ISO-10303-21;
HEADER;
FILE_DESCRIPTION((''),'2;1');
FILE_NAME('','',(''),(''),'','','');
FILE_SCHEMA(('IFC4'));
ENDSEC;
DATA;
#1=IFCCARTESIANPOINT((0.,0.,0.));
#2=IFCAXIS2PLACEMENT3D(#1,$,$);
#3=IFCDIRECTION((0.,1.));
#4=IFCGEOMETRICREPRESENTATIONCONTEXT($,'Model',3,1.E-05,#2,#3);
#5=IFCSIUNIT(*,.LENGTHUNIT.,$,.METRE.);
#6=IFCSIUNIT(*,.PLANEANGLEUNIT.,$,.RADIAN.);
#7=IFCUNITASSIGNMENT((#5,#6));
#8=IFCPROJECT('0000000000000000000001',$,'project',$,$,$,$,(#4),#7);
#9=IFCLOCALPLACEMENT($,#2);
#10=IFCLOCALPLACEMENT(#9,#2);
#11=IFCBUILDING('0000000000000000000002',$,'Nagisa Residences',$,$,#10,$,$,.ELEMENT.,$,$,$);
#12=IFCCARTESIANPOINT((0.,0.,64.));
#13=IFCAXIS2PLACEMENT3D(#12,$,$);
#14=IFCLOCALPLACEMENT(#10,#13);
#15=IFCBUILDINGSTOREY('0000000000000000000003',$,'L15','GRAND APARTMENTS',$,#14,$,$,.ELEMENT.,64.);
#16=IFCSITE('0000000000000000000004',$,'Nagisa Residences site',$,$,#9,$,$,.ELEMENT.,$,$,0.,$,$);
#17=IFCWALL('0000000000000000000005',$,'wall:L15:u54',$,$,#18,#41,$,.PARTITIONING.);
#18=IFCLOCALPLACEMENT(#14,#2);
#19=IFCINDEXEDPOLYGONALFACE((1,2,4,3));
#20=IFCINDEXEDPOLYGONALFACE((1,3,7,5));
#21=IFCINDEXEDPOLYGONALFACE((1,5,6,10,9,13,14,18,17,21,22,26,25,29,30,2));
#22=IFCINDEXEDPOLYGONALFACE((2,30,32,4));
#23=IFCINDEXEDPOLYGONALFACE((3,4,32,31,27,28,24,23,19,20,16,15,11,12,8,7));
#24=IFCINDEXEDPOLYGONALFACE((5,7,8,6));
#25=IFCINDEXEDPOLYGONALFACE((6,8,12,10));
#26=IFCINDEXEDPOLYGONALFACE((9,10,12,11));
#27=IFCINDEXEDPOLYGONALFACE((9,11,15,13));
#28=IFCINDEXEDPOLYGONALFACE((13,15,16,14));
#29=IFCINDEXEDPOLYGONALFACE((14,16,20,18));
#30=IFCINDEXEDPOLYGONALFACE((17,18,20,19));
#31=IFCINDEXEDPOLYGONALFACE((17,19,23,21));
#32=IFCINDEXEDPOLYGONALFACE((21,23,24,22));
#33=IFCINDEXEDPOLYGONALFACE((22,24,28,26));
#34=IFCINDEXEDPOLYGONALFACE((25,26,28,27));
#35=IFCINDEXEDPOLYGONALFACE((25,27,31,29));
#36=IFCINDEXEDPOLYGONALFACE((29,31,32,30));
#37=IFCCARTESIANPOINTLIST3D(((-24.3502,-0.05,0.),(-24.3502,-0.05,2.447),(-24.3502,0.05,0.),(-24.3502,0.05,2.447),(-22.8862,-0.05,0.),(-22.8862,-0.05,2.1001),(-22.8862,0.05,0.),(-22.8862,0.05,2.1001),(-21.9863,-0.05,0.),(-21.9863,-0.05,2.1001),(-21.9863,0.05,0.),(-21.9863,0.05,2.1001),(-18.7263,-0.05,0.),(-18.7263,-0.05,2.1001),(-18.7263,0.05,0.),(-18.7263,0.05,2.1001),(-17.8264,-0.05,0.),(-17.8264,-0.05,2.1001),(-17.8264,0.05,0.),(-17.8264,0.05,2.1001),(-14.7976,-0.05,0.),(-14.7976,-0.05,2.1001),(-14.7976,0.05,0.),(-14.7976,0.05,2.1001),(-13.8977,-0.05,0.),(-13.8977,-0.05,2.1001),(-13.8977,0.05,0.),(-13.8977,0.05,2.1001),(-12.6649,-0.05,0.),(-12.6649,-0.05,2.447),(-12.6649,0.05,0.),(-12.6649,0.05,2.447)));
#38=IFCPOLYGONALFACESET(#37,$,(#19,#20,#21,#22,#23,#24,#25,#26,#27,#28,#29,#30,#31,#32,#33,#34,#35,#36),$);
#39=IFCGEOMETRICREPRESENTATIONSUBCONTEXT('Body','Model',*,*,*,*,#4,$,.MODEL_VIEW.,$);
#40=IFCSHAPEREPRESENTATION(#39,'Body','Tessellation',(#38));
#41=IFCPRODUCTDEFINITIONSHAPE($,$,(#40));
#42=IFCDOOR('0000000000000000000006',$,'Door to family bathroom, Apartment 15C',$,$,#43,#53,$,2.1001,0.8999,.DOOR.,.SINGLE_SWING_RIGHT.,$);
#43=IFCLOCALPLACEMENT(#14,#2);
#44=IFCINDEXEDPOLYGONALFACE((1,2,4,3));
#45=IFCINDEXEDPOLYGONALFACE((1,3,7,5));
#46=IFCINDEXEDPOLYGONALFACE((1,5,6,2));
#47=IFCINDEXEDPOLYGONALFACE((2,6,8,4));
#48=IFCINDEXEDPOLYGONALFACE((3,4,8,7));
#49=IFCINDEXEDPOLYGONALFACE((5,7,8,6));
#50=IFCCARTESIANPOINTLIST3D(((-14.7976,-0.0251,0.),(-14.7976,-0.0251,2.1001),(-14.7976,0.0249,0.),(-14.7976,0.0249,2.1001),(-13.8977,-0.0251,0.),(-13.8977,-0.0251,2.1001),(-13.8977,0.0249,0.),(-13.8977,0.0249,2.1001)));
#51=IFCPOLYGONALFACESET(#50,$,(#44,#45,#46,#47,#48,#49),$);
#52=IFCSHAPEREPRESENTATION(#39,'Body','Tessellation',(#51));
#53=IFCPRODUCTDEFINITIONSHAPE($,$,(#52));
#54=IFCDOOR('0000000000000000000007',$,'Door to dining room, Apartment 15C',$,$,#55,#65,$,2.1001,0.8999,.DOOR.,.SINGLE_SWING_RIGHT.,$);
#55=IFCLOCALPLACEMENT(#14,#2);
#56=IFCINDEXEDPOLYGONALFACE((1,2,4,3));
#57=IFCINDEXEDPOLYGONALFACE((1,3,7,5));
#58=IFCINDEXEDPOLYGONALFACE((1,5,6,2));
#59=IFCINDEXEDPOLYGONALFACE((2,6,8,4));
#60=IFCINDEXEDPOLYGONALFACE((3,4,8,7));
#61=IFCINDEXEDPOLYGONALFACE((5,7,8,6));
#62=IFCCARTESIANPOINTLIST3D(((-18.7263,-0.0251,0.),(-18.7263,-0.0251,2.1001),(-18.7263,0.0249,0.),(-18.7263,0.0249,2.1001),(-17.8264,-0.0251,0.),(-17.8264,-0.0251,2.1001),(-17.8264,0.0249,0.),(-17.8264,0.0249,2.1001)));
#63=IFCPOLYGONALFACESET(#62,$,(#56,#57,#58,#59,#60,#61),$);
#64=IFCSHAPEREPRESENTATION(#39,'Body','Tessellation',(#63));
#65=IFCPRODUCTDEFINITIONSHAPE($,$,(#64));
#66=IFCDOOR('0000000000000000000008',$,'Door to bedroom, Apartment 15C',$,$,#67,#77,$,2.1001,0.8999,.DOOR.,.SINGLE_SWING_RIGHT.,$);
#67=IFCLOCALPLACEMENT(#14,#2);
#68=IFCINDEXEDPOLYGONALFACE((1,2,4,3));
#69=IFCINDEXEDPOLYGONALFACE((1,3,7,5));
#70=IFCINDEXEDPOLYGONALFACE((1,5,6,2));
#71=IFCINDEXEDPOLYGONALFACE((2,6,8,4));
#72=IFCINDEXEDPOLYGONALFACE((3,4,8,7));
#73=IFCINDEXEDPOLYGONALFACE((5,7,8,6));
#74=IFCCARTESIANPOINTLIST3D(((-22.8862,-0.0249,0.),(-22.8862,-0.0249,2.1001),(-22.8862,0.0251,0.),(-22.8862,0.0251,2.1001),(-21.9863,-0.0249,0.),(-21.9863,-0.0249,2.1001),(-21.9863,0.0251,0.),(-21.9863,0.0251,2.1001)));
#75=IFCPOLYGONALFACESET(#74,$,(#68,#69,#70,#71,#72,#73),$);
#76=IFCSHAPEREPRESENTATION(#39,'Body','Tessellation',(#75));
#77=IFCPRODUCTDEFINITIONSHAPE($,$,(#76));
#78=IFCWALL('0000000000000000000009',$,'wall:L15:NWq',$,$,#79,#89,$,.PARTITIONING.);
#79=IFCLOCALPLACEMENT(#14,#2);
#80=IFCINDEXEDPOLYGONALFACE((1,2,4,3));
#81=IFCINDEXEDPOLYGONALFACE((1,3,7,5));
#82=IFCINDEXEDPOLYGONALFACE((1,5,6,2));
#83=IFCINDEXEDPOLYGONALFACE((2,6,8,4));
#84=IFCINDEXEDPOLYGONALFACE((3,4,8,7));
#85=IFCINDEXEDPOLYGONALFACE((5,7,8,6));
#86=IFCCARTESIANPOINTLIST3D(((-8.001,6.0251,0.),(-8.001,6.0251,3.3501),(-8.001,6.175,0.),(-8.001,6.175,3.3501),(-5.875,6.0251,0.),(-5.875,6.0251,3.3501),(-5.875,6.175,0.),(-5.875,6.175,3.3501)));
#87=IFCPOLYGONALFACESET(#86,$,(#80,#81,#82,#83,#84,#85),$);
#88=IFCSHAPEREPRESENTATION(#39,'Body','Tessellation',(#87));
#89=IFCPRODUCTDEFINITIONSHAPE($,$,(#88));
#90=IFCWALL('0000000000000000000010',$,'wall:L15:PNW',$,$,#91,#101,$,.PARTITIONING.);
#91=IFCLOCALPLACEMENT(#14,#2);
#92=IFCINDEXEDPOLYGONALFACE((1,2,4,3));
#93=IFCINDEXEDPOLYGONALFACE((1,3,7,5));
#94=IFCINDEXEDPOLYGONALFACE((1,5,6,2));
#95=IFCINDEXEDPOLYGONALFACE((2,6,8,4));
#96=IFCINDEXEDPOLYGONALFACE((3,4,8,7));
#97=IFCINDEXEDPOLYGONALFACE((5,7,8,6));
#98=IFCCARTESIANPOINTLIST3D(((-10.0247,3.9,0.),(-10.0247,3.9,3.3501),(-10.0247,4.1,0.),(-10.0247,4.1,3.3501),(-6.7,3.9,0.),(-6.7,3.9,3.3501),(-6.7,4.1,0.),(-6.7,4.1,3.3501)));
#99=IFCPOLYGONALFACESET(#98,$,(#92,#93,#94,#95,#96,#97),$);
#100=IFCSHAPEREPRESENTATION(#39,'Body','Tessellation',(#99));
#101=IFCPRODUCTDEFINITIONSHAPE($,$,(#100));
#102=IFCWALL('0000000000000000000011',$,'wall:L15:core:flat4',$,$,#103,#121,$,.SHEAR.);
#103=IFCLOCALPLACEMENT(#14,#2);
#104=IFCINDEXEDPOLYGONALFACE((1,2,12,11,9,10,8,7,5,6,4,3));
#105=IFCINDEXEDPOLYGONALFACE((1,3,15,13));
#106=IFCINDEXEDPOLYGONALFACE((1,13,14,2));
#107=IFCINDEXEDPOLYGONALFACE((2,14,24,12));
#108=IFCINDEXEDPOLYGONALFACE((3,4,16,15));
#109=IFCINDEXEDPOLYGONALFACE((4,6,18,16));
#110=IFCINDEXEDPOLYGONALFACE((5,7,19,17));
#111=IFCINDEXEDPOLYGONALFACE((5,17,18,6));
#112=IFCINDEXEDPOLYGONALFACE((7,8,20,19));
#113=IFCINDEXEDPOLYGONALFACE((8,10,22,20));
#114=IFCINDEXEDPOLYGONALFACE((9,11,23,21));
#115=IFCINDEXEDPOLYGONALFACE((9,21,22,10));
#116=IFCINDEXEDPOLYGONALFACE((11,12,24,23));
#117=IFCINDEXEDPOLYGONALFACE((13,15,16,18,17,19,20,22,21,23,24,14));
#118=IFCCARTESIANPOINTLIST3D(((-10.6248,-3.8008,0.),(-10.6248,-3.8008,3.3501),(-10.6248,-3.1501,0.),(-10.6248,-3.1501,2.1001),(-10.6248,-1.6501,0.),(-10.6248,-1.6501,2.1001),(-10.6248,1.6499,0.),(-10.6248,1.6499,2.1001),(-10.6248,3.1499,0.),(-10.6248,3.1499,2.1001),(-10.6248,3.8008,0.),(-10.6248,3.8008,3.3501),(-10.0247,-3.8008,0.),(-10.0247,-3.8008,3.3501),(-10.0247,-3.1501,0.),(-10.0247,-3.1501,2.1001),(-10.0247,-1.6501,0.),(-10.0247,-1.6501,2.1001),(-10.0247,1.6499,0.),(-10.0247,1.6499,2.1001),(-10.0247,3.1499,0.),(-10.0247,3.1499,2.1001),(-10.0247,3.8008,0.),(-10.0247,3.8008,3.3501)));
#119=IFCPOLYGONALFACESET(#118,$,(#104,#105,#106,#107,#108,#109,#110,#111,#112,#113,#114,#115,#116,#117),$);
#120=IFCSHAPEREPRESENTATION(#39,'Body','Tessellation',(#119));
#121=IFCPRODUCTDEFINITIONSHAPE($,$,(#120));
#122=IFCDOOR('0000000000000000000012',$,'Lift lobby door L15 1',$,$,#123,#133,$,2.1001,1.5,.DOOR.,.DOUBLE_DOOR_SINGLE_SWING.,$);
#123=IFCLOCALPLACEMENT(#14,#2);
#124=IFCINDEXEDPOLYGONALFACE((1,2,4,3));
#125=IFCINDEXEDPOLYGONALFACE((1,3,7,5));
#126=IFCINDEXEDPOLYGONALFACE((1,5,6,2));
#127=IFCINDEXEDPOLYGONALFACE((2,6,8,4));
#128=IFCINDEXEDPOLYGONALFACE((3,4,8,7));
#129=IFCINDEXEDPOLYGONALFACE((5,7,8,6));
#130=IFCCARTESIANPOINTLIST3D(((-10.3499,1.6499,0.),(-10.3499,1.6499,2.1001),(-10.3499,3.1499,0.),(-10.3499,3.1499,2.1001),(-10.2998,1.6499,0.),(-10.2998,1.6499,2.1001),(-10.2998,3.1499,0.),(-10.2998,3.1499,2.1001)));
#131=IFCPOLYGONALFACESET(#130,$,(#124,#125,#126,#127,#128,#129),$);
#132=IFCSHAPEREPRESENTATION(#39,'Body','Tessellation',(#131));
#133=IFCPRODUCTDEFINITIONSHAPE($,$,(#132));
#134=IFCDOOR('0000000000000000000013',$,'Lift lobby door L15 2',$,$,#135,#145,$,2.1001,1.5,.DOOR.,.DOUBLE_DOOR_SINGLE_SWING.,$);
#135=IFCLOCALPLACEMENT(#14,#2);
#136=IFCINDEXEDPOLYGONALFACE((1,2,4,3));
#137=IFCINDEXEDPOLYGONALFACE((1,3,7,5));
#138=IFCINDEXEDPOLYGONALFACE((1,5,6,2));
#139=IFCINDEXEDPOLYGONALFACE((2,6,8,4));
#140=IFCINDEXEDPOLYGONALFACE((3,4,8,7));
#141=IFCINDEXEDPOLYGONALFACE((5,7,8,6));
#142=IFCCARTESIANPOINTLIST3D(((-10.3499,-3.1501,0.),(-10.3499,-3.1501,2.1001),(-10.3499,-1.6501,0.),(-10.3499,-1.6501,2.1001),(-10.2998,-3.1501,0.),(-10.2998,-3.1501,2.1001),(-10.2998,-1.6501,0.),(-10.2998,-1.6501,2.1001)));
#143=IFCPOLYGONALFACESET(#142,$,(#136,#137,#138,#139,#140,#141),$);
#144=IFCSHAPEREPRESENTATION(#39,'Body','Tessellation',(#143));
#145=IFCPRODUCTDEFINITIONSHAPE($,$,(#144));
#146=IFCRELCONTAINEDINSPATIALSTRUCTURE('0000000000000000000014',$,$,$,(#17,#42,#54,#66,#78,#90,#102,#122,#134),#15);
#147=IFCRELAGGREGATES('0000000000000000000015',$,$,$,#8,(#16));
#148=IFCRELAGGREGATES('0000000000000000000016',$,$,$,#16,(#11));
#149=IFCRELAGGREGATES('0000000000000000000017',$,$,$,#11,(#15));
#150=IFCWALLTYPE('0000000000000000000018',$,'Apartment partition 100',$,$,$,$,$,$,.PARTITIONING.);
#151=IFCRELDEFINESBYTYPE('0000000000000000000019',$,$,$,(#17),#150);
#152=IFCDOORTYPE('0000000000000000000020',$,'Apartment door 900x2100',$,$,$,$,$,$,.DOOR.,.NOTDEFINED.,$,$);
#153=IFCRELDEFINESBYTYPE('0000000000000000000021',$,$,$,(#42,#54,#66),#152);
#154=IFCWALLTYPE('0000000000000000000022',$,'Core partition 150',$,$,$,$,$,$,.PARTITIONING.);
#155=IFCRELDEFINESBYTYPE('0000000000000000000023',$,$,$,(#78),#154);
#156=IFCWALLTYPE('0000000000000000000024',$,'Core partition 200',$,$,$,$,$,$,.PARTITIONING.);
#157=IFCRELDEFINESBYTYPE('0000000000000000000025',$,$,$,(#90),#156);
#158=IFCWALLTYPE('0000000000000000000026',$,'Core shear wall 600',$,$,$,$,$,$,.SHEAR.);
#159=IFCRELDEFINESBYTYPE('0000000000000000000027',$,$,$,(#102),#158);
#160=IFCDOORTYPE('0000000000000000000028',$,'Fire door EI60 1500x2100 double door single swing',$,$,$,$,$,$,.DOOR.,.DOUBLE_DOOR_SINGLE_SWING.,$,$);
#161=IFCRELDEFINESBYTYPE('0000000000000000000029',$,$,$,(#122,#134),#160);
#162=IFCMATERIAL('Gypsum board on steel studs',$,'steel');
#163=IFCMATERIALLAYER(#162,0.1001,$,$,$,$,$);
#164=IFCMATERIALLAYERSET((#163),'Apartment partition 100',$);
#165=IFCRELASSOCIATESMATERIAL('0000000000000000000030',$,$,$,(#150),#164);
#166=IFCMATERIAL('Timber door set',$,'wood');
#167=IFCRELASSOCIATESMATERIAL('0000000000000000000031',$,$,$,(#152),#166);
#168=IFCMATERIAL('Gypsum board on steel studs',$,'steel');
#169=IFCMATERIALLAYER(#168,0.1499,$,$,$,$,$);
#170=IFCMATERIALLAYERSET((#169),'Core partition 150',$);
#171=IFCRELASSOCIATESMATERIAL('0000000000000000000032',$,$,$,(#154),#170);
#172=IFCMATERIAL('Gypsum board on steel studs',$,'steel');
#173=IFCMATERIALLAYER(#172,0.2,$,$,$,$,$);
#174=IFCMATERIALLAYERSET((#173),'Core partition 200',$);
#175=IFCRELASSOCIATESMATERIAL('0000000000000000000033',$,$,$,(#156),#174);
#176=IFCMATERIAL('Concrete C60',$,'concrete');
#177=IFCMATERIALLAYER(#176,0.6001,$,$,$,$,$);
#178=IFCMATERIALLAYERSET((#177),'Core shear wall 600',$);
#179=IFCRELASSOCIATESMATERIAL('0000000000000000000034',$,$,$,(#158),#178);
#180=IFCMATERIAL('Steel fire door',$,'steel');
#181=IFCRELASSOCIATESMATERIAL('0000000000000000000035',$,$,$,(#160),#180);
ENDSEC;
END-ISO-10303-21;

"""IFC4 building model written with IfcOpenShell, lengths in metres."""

from ifc_helpers import new_model, si_unit, direction, frame, frame_2d, origin, place, context, subcontext, project, spatial, rectangle, extrude, material, layer, layer_set, type_object, element, fill, save


model = new_model("IFC4")

# Units and contexts
model_context = context("Model", 3, precision=1e-05, world=origin(), true_north=direction((0.0, 1.0)))
body_context = subcontext(model_context, "Body", "Model", "MODEL_VIEW")
ifc_project = project(units=[si_unit("LENGTHUNIT", "METRE"), si_unit("PLANEANGLEUNIT", "RADIAN")], contexts=[model_context])

# Site, building, storey
site_placement = place(None, origin())
site = spatial("IfcSite", under=ifc_project, at=site_placement, Name="Nagisa Residences site", CompositionType="ELEMENT", RefElevation=0.0)
building_placement = place(site_placement, origin())
building = spatial("IfcBuilding", under=site, at=building_placement, Name="Nagisa Residences", CompositionType="ELEMENT")
storey_placement = place(building_placement, frame((0.0, 0.0, 64.0)))
storey = spatial("IfcBuildingStorey", under=building, at=storey_placement, Name="L15", Description="GRAND APARTMENTS", CompositionType="ELEMENT", Elevation=64.0)

# Shared definitions
ifc_material_1 = material(Name="Gypsum board on steel studs", Category="steel")
ifc_layer_1 = layer(ifc_material_1, 0.1001)
ifc_layer_set_1 = layer_set([ifc_layer_1], Name="Apartment partition 100")
wall_type_1 = type_object("IfcWallType", Name="Apartment partition 100", PredefinedType="PARTITIONING", material=ifc_layer_set_1)
ifc_material_2 = material(Name="Timber door set", Category="wood")
door_type_1 = type_object("IfcDoorType", Name="Apartment door 900x2100", OperationType="NOTDEFINED", PredefinedType="DOOR", material=ifc_material_2)

# Wall, openings, doors
wall_1_placement = place(storey_placement, frame((-12.6648, 0.0, 0.0), z_axis=(0.0, 0.0, 1.0), x_axis=(-1.0, 0.0, 0.0)))
wall_1 = element("IfcWall", 1, at=wall_1_placement, inside=storey, type_object=wall_type_1, Name="wall:L15:u54", PredefinedType="PARTITIONING", context=body_context, shape_type="SweptSolid", body=[
    extrude(rectangle(XDim=11.6853, YDim=0.1001, at=frame_2d((5.8428, 0.0))), origin(), (0.0, 0.0, 1.0), 2.447),
])
opening_1_placement = place(wall_1_placement, frame((1.2329, 0.0, 0.0)))
opening_1 = element("IfcOpeningElement", 2, at=opening_1_placement, cuts=wall_1, PredefinedType="OPENING", context=body_context, shape_type="SweptSolid", body=[
    extrude(rectangle(XDim=0.8999, YDim=2.1001, at=frame_2d((0.45, 1.05))), frame((0.0, 0.0601, 0.0), z_axis=(0.0, -1.0, 0.0), x_axis=(1.0, 0.0, 0.0)), (0.0, 0.0, 1.0), 0.1201),
])
opening_2_placement = place(wall_1_placement, frame((5.1616, 0.0, 0.0)))
opening_2 = element("IfcOpeningElement", 3, at=opening_2_placement, cuts=wall_1, PredefinedType="OPENING", context=body_context, shape_type="SweptSolid", body=[
    extrude(rectangle(XDim=0.8999, YDim=2.1001, at=frame_2d((0.45, 1.05))), frame((0.0, 0.0601, 0.0), z_axis=(0.0, -1.0, 0.0), x_axis=(1.0, 0.0, 0.0)), (0.0, 0.0, 1.0), 0.1201),
])
opening_3_placement = place(wall_1_placement, frame((9.3215, 0.0, 0.0)))
opening_3 = element("IfcOpeningElement", 4, at=opening_3_placement, cuts=wall_1, PredefinedType="OPENING", context=body_context, shape_type="SweptSolid", body=[
    extrude(rectangle(XDim=0.8999, YDim=2.1001, at=frame_2d((0.45, 1.05))), frame((0.0, 0.0601, 0.0), z_axis=(0.0, -1.0, 0.0), x_axis=(1.0, 0.0, 0.0)), (0.0, 0.0, 1.0), 0.1201),
])
door_1_placement = place(opening_1_placement, frame((0.8999, 0.0, 0.0), x_axis=(-1.0, 0.0, 0.0)))
door_1 = element("IfcDoor", 5, at=door_1_placement, inside=storey, type_object=door_type_1, Name="Door to family bathroom, Apartment 15C", OperationType="SINGLE_SWING_RIGHT", OverallHeight=2.1001, OverallWidth=0.8999, PredefinedType="DOOR", context=body_context, shape_type="SweptSolid", body=[
    extrude(rectangle(XDim=0.8999, YDim=2.1001, at=frame_2d((0.45, 1.05))), frame((0.0, 0.0249, 0.0), z_axis=(0.0, -1.0, 0.0), x_axis=(1.0, 0.0, 0.0)), (0.0, 0.0, 1.0), 0.05),
])
fill(opening_1, door_1)
door_2_placement = place(opening_2_placement, frame((0.8999, 0.0, 0.0), x_axis=(-1.0, 0.0, 0.0)))
door_2 = element("IfcDoor", 6, at=door_2_placement, inside=storey, type_object=door_type_1, Name="Door to dining room, Apartment 15C", OperationType="SINGLE_SWING_RIGHT", OverallHeight=2.1001, OverallWidth=0.8999, PredefinedType="DOOR", context=body_context, shape_type="SweptSolid", body=[
    extrude(rectangle(XDim=0.8999, YDim=2.1001, at=frame_2d((0.45, 1.05))), frame((0.0, 0.0249, 0.0), z_axis=(0.0, -1.0, 0.0), x_axis=(1.0, 0.0, 0.0)), (0.0, 0.0, 1.0), 0.05),
])
fill(opening_2, door_2)
door_3_placement = place(opening_3_placement, origin())
door_3 = element("IfcDoor", 7, at=door_3_placement, inside=storey, type_object=door_type_1, Name="Door to bedroom, Apartment 15C", OperationType="SINGLE_SWING_RIGHT", OverallHeight=2.1001, OverallWidth=0.8999, PredefinedType="DOOR", context=body_context, shape_type="SweptSolid", body=[
    extrude(rectangle(XDim=0.8999, YDim=2.1001, at=frame_2d((0.45, 1.05))), frame((0.0, 0.0249, 0.0), z_axis=(0.0, -1.0, 0.0), x_axis=(1.0, 0.0, 0.0)), (0.0, 0.0, 1.0), 0.05),
])
fill(opening_3, door_3)

# Walls
ifc_material_3 = material(Name="Gypsum board on steel studs", Category="steel")
ifc_layer_2 = layer(ifc_material_3, 0.1499)
ifc_layer_set_2 = layer_set([ifc_layer_2], Name="Core partition 150")
wall_type_2 = type_object("IfcWallType", Name="Core partition 150", PredefinedType="PARTITIONING", material=ifc_layer_set_2)
wall_2_placement = place(storey_placement, frame((-8.001, 6.1001, 0.0), z_axis=(0.0, 0.0, 1.0), x_axis=(1.0, 0.0, 0.0)))
element("IfcWall", 8, at=wall_2_placement, inside=storey, type_object=wall_type_2, Name="wall:L15:NWq", PredefinedType="PARTITIONING", context=body_context, shape_type="SweptSolid", body=[
    extrude(rectangle(XDim=2.126, YDim=0.1499, at=frame_2d((1.063, 0.0))), origin(), (0.0, 0.0, 1.0), 3.3501),
])
ifc_material_4 = material(Name="Gypsum board on steel studs", Category="steel")
ifc_layer_3 = layer(ifc_material_4, 0.2)
ifc_layer_set_3 = layer_set([ifc_layer_3], Name="Core partition 200")
wall_type_3 = type_object("IfcWallType", Name="Core partition 200", PredefinedType="PARTITIONING", material=ifc_layer_set_3)
wall_3_placement = place(storey_placement, frame((-10.0247, 4.0, 0.0), z_axis=(0.0, 0.0, 1.0), x_axis=(1.0, 0.0, 0.0)))
element("IfcWall", 9, at=wall_3_placement, inside=storey, type_object=wall_type_3, Name="wall:L15:PNW", PredefinedType="PARTITIONING", context=body_context, shape_type="SweptSolid", body=[
    extrude(rectangle(XDim=3.3247, YDim=0.2, at=frame_2d((1.6624, 0.0))), origin(), (0.0, 0.0, 1.0), 3.3501),
])

# Wall, openings, doors
ifc_material_5 = material(Name="Concrete C60", Category="concrete")
ifc_layer_4 = layer(ifc_material_5, 0.6001)
ifc_layer_set_4 = layer_set([ifc_layer_4], Name="Core shear wall 600")
wall_type_4 = type_object("IfcWallType", Name="Core shear wall 600", PredefinedType="SHEAR", material=ifc_layer_set_4)
wall_4_placement = place(storey_placement, frame((-10.3247, 3.8008, 0.0), z_axis=(0.0, 0.0, 1.0), x_axis=(0.0, -1.0, 0.0)))
wall_4 = element("IfcWall", 10, at=wall_4_placement, inside=storey, type_object=wall_type_4, Name="wall:L15:core:flat4", PredefinedType="SHEAR", context=body_context, shape_type="SweptSolid", body=[
    extrude(rectangle(XDim=7.6016, YDim=0.6001, at=frame_2d((3.8008, 0.0))), origin(), (0.0, 0.0, 1.0), 3.3501),
])
opening_4_placement = place(wall_4_placement, frame((0.6509, 0.0, 0.0)))
opening_4 = element("IfcOpeningElement", 11, at=opening_4_placement, cuts=wall_4, PredefinedType="OPENING", context=body_context, shape_type="SweptSolid", body=[
    extrude(rectangle(XDim=1.5, YDim=2.1001, at=frame_2d((0.75, 1.05))), frame((0.0, 0.3101, 0.0), z_axis=(0.0, -1.0, 0.0), x_axis=(1.0, 0.0, 0.0)), (0.0, 0.0, 1.0), 0.6201),
])
opening_5_placement = place(wall_4_placement, frame((5.4509, 0.0, 0.0)))
opening_5 = element("IfcOpeningElement", 12, at=opening_5_placement, cuts=wall_4, PredefinedType="OPENING", context=body_context, shape_type="SweptSolid", body=[
    extrude(rectangle(XDim=1.5, YDim=2.1001, at=frame_2d((0.75, 1.05))), frame((0.0, 0.3101, 0.0), z_axis=(0.0, -1.0, 0.0), x_axis=(1.0, 0.0, 0.0)), (0.0, 0.0, 1.0), 0.6201),
])
ifc_material_6 = material(Name="Steel fire door", Category="steel")
door_type_2 = type_object("IfcDoorType", Name="Fire door EI60 1500x2100 double door single swing", OperationType="DOUBLE_DOOR_SINGLE_SWING", PredefinedType="DOOR", material=ifc_material_6)
door_4_placement = place(opening_4_placement, origin())
door_4 = element("IfcDoor", 13, at=door_4_placement, inside=storey, type_object=door_type_2, Name="Lift lobby door L15 1", OperationType="DOUBLE_DOOR_SINGLE_SWING", OverallHeight=2.1001, OverallWidth=1.5, PredefinedType="DOOR", context=body_context, shape_type="SweptSolid", body=[
    extrude(rectangle(XDim=1.5, YDim=2.1001, at=frame_2d((0.75, 1.05))), frame((0.0, 0.0249, 0.0), z_axis=(0.0, -1.0, 0.0), x_axis=(1.0, 0.0, 0.0)), (0.0, 0.0, 1.0), 0.05),
])
fill(opening_4, door_4)
door_5_placement = place(opening_5_placement, origin())
door_5 = element("IfcDoor", 14, at=door_5_placement, inside=storey, type_object=door_type_2, Name="Lift lobby door L15 2", OperationType="DOUBLE_DOOR_SINGLE_SWING", OverallHeight=2.1001, OverallWidth=1.5, PredefinedType="DOOR", context=body_context, shape_type="SweptSolid", body=[
    extrude(rectangle(XDim=1.5, YDim=2.1001, at=frame_2d((0.75, 1.05))), frame((0.0, 0.0249, 0.0), z_axis=(0.0, -1.0, 0.0), x_axis=(1.0, 0.0, 0.0)), (0.0, 0.0, 1.0), 0.05),
])
fill(opening_5, door_5)

save(model, "model.ifc")
